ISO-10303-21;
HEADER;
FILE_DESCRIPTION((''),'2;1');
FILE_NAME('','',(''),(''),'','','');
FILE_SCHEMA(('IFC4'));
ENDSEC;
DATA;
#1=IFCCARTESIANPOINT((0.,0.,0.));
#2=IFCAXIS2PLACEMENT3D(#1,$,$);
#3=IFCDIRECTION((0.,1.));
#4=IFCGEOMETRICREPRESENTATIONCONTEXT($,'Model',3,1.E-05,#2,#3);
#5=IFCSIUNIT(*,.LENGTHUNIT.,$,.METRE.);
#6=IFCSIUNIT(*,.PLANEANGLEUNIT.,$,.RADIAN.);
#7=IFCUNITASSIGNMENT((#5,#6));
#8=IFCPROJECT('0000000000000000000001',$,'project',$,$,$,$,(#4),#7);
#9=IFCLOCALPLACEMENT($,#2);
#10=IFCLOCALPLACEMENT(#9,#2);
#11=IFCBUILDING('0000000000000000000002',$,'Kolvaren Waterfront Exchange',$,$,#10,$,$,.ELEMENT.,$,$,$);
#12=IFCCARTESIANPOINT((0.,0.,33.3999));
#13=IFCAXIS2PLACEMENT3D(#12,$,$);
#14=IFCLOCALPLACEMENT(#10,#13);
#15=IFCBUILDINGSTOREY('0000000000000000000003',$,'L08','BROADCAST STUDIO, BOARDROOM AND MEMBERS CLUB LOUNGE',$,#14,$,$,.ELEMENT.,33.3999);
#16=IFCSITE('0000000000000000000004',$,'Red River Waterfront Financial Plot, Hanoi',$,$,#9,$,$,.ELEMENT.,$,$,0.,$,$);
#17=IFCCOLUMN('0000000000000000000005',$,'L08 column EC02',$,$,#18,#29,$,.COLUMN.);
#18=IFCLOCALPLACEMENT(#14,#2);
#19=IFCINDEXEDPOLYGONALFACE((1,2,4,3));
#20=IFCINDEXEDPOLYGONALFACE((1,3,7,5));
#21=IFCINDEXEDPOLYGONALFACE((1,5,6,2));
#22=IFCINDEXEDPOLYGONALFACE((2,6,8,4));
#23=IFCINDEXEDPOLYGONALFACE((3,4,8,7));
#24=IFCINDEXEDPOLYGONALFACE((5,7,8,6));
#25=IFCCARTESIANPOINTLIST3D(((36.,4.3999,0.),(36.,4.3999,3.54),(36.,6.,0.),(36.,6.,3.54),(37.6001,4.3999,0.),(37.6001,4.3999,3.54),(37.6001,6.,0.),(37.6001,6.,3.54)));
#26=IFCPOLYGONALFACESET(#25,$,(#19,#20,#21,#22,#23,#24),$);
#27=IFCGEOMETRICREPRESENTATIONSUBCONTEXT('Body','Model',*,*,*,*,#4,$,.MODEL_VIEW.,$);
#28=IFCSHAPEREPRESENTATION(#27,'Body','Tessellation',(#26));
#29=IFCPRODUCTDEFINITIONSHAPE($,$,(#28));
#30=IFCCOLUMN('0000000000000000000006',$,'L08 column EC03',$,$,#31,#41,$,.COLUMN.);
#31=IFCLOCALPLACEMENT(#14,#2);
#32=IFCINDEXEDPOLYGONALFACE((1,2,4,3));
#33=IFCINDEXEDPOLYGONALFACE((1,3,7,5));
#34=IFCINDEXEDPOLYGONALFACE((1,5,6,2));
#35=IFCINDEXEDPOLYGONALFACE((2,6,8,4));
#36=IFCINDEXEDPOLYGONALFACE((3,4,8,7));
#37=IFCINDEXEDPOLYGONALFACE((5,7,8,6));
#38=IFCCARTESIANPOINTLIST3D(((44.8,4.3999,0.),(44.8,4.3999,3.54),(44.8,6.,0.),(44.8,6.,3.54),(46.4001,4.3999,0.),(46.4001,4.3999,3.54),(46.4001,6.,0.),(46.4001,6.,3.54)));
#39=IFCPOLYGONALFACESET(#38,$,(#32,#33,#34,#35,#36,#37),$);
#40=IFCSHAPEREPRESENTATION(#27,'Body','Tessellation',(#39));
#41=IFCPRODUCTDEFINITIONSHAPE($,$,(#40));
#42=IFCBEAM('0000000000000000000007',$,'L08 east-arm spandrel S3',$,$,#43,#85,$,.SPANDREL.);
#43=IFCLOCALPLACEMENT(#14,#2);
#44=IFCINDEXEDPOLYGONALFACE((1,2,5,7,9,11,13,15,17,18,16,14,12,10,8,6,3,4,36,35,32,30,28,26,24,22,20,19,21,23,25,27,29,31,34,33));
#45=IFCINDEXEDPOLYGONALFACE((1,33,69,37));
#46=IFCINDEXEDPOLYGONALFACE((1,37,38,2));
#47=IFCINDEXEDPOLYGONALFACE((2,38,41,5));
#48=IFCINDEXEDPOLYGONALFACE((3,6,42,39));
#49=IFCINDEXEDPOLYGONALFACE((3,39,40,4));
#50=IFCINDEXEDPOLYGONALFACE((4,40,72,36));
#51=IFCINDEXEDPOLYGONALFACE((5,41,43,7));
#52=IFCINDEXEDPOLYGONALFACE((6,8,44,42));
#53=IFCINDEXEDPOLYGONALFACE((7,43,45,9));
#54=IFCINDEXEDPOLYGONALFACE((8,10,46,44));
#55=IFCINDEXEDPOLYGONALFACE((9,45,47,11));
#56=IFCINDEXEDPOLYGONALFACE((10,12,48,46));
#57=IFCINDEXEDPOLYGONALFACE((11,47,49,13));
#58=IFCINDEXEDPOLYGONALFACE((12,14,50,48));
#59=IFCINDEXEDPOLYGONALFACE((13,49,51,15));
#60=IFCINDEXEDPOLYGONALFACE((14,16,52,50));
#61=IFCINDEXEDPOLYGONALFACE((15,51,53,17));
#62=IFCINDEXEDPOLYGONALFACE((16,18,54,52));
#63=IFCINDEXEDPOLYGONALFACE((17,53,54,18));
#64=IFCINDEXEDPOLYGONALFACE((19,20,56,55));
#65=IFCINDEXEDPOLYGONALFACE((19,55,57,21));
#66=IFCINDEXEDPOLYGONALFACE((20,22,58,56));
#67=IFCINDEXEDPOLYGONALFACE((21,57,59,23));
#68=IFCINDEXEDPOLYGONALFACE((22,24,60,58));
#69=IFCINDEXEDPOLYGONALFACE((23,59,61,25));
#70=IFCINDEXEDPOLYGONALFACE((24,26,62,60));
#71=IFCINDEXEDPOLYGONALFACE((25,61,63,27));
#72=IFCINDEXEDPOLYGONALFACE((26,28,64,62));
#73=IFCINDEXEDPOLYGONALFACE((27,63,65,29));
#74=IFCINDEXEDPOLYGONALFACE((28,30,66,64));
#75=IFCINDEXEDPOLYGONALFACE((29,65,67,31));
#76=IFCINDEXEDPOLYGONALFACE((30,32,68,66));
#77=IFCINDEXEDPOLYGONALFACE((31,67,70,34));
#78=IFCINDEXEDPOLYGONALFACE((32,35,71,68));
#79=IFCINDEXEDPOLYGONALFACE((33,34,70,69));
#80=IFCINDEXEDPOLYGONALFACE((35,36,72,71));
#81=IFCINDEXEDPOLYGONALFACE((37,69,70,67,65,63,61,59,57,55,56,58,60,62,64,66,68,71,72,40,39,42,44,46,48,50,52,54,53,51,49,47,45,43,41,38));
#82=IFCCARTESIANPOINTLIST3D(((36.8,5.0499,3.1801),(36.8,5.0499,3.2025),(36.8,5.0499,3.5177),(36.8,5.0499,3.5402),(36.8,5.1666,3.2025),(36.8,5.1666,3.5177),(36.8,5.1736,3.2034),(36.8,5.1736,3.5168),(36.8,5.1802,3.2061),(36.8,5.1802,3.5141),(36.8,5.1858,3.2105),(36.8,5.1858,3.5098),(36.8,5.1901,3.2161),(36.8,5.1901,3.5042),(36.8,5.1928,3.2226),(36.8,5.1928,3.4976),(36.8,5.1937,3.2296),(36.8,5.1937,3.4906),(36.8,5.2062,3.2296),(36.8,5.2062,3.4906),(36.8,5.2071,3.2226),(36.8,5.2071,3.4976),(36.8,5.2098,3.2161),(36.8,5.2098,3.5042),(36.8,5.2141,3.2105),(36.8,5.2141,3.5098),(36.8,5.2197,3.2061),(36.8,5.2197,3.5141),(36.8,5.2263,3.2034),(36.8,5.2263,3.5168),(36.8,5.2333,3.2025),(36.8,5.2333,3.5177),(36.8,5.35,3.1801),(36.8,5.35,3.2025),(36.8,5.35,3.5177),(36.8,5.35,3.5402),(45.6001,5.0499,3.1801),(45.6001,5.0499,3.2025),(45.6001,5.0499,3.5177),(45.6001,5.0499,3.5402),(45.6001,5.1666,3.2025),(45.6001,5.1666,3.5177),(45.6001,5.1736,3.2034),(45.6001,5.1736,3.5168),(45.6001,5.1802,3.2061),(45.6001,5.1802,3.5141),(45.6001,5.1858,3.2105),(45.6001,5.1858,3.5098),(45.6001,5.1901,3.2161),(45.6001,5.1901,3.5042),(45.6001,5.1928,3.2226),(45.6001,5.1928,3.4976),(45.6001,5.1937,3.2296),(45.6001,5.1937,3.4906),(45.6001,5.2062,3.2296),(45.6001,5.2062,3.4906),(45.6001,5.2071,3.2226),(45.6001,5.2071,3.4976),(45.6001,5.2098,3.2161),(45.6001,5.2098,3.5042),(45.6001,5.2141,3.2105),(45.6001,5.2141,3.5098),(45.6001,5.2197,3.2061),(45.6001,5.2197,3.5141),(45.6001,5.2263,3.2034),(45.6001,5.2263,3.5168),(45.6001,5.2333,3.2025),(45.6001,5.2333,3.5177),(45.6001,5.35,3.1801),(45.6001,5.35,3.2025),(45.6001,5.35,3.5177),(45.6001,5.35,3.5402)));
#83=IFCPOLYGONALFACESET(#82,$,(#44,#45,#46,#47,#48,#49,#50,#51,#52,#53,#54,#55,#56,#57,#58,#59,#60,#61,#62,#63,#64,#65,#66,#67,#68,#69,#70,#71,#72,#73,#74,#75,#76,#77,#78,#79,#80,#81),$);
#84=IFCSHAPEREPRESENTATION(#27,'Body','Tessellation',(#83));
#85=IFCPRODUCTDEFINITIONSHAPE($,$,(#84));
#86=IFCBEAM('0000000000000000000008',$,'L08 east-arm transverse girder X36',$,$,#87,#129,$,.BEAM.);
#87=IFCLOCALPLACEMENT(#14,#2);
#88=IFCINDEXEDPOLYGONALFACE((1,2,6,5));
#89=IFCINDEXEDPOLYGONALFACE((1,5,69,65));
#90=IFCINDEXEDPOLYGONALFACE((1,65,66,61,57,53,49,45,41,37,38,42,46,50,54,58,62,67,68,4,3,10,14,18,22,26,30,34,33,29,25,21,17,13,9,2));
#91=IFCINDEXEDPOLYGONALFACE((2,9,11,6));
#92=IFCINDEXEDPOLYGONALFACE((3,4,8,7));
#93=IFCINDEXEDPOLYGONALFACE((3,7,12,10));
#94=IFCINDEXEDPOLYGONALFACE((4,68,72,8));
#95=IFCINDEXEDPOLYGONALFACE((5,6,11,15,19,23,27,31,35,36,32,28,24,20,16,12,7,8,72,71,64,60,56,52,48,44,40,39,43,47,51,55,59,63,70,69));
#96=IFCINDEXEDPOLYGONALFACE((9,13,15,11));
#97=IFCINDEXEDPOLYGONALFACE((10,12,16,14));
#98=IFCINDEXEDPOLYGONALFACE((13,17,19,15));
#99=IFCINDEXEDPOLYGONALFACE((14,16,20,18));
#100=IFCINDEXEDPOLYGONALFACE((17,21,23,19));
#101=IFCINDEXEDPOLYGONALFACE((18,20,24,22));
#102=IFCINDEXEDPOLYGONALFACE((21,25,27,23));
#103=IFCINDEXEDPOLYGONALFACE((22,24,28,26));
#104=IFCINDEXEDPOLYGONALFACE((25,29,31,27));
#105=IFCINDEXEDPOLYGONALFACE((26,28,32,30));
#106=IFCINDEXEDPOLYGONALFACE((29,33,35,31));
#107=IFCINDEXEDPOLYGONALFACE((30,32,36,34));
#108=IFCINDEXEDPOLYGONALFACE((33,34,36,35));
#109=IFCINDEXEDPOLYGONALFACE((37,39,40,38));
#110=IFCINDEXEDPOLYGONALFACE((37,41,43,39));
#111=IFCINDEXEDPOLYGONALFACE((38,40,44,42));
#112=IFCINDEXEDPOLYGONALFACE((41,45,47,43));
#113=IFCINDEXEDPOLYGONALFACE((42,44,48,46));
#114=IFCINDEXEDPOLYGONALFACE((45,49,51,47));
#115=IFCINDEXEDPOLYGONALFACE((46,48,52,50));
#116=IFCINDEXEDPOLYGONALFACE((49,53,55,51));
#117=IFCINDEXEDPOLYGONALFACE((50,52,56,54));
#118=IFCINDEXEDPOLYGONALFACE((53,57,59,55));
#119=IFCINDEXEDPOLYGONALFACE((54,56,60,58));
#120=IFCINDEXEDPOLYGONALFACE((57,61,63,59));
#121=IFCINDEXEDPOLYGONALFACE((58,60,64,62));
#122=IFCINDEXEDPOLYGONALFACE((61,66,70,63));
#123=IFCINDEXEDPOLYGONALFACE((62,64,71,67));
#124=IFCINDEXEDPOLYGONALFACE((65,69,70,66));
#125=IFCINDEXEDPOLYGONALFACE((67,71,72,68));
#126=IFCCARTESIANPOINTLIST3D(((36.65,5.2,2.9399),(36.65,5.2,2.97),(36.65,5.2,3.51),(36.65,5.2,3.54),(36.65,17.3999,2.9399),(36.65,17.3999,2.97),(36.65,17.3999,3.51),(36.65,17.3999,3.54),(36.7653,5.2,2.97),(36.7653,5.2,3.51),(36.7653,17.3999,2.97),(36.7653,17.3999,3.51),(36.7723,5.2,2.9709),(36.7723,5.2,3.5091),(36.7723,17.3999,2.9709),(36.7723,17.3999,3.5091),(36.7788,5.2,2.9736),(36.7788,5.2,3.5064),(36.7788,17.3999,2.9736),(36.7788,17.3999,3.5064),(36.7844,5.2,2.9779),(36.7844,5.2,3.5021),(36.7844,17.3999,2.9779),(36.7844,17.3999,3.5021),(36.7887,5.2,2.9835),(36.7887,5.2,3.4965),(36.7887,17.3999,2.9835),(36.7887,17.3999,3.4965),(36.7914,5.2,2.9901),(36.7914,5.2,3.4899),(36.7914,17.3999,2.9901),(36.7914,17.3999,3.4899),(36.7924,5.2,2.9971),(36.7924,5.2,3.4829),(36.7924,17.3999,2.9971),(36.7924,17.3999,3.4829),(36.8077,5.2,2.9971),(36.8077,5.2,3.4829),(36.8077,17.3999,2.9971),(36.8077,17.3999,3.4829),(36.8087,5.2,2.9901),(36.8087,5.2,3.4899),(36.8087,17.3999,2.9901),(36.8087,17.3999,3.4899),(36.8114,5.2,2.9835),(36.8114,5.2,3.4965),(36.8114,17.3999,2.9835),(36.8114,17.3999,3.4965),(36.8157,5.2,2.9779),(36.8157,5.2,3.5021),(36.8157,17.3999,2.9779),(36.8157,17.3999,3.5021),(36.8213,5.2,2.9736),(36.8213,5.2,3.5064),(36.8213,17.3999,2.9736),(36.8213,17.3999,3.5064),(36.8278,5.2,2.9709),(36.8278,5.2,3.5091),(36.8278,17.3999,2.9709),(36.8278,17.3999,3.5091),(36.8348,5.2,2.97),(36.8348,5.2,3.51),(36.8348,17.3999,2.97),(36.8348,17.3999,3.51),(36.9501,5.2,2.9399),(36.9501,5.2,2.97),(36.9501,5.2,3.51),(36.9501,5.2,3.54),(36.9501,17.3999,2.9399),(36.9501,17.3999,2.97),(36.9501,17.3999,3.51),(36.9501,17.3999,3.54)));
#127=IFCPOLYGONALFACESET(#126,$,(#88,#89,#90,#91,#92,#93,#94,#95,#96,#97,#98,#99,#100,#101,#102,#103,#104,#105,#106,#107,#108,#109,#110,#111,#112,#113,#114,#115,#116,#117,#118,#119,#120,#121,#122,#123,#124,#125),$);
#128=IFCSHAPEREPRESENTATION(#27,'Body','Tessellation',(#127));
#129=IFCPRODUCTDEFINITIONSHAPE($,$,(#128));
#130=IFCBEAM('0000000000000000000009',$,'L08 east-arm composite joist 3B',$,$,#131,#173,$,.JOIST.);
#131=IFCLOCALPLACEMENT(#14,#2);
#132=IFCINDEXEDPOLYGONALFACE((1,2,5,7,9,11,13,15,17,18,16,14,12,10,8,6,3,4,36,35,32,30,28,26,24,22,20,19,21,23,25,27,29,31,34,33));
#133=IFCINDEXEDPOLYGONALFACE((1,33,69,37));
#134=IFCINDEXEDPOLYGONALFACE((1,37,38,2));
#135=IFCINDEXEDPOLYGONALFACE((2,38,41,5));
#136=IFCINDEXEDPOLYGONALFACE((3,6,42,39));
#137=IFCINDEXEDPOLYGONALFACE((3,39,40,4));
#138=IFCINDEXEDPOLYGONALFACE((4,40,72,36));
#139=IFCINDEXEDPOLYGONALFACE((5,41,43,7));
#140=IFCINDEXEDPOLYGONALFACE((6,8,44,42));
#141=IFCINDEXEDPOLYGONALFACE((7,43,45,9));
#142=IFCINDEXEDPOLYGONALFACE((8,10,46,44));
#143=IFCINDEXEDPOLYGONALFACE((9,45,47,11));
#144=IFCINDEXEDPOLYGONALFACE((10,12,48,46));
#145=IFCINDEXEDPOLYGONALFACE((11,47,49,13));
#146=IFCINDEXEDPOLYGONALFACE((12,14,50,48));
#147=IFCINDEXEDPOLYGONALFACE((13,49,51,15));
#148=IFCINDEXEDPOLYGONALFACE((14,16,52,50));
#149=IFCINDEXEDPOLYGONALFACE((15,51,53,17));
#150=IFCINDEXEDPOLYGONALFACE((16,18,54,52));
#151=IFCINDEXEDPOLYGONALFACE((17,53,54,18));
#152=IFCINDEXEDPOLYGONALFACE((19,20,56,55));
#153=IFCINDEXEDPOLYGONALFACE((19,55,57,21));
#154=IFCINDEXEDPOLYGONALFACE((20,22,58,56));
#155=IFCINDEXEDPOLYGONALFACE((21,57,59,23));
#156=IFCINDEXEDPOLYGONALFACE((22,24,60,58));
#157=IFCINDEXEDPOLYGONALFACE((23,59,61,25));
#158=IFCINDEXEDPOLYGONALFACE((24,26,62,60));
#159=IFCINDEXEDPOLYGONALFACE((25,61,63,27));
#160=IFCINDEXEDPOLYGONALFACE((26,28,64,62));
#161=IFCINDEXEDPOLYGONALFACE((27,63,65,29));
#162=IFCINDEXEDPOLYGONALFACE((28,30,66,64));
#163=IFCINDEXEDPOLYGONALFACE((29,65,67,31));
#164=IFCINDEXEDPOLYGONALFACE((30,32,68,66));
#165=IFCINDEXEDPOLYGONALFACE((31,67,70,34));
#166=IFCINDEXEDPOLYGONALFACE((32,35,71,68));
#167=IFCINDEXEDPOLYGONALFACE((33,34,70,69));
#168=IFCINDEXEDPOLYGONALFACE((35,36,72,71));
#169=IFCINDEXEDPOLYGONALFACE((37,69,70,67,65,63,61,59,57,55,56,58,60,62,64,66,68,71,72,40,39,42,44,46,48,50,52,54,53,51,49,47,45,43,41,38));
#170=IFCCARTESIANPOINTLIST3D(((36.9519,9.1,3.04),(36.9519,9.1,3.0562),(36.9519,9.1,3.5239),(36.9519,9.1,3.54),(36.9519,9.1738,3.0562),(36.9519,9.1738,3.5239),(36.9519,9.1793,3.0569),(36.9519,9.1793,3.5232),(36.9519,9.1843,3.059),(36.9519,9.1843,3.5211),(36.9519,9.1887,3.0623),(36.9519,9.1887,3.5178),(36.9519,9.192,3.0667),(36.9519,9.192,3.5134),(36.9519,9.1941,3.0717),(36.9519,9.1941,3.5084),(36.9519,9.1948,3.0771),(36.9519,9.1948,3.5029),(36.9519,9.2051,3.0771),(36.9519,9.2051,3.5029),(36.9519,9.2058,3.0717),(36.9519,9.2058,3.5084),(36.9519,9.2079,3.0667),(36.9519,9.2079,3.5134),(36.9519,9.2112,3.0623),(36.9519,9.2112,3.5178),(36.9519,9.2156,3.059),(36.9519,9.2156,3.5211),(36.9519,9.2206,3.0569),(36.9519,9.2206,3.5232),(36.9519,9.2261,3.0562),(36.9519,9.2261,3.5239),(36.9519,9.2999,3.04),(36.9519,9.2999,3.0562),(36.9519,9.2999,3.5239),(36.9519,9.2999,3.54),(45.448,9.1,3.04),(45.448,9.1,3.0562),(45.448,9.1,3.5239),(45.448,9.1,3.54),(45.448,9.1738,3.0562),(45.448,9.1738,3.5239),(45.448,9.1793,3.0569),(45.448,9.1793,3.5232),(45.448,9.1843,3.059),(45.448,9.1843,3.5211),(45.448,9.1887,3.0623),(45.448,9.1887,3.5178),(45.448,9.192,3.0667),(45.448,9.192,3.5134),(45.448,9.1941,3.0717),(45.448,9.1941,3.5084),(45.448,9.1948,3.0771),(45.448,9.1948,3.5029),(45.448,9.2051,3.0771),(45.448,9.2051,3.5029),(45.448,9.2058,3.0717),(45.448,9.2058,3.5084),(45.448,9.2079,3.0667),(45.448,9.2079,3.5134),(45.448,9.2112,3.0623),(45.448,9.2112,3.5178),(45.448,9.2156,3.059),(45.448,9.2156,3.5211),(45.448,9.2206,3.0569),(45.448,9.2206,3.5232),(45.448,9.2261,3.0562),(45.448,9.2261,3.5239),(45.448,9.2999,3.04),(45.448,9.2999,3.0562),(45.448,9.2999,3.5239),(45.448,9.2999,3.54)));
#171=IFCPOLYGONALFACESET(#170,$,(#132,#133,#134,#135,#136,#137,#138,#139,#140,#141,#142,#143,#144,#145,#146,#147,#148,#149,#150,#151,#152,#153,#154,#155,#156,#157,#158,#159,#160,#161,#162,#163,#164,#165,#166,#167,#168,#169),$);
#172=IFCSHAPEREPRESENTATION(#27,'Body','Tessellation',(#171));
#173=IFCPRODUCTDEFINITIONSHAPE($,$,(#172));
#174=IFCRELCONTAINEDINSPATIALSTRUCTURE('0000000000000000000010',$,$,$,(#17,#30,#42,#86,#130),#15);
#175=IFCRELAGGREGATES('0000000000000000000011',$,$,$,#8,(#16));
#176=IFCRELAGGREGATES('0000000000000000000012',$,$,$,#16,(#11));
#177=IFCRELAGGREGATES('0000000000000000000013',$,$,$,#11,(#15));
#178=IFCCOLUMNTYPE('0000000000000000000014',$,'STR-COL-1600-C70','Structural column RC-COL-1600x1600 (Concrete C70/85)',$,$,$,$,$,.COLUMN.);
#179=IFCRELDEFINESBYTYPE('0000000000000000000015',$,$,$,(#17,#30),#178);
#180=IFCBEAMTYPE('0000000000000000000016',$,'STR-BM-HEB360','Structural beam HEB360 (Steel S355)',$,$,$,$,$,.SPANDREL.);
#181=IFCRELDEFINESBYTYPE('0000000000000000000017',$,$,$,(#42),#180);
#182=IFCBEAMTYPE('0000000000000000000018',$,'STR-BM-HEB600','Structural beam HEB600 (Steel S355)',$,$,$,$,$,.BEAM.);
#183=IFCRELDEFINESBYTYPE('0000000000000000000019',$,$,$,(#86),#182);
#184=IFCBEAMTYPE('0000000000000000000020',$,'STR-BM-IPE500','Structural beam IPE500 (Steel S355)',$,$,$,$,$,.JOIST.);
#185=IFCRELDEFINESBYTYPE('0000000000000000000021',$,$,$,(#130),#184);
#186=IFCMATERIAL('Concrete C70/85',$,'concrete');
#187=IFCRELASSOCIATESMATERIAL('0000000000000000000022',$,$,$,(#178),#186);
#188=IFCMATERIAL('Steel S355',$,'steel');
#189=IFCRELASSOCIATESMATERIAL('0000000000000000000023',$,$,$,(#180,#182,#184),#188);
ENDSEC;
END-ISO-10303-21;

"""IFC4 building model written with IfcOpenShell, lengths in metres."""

from ifc_helpers import new_model, si_unit, direction, frame, origin, origin_2d, place, context, subcontext, project, spatial, rectangle, i_section, extrude, material, material_profile, profile_set, type_object, element, save


model = new_model("IFC4")

# Units and contexts
model_context = context("Model", 3, precision=1e-05, world=origin(), true_north=direction((0.0, 1.0)))
body_context = subcontext(model_context, "Body", "Model", "MODEL_VIEW")
ifc_project = project(units=[si_unit("LENGTHUNIT", "METRE"), si_unit("PLANEANGLEUNIT", "RADIAN")], contexts=[model_context])

# Site, building, storey
site_placement = place(None, origin())
site = spatial("IfcSite", under=ifc_project, at=site_placement, Name="Red River Waterfront Financial Plot, Hanoi", CompositionType="ELEMENT", RefElevation=0.0)
building_placement = place(site_placement, origin())
building = spatial("IfcBuilding", under=site, at=building_placement, Name="Kolvaren Waterfront Exchange", CompositionType="ELEMENT")
storey_placement = place(building_placement, frame((0.0, 0.0, 33.3999)))
storey = spatial("IfcBuildingStorey", under=building, at=storey_placement, Name="L08", Description="BROADCAST STUDIO, BOARDROOM AND MEMBERS CLUB LOUNGE", CompositionType="ELEMENT", Elevation=33.3999)

# Columns
ifc_material_1 = material(Name="Concrete C70/85", Category="concrete")
ifc_material_profile_1 = material_profile(ifc_material_1, rectangle(XDim=1.6001, YDim=1.6001, at=origin_2d()), Name="RC-COL-1600x1600")
ifc_profile_set_1 = profile_set([ifc_material_profile_1], Name="Concrete C70/85")
column_type = type_object("IfcColumnType", Name="STR-COL-1600-C70", Description="Structural column RC-COL-1600x1600 (Concrete C70/85)", PredefinedType="COLUMN", material=ifc_profile_set_1)
for number, where, z_axis, x_axis, name in (
    (1, (36.8, 5.2, 0.0), (0.0, 0.0, 1.0), (1.0, 0.0, 0.0), "L08 column EC02"),
    (2, (45.6001, 5.2, 0.0), (0.0, 0.0, 1.0), (1.0, 0.0, 0.0), "L08 column EC03"),
):
    element("IfcColumn", number, at=place(storey_placement, frame(where, z_axis=z_axis, x_axis=x_axis)), inside=storey, type_object=column_type, Name=name, PredefinedType="COLUMN", context=body_context, shape_type="SweptSolid", body=[
        extrude(rectangle(XDim=1.6001, YDim=1.6001, at=origin_2d()), origin(), (0.0, 0.0, 1.0), 3.54),
    ])

# Beams
ifc_material_2 = material(Name="Steel S355", Category="steel")
ifc_material_profile_2 = material_profile(ifc_material_2, i_section(OverallWidth=0.3, OverallDepth=0.3601, WebThickness=0.0125, FlangeThickness=0.0225, FilletRadius=0.0271, at=origin_2d()), Name="HEB360")
ifc_profile_set_2 = profile_set([ifc_material_profile_2], Name="Steel S355")
beam_type_1 = type_object("IfcBeamType", Name="STR-BM-HEB360", Description="Structural beam HEB360 (Steel S355)", PredefinedType="SPANDREL", material=ifc_profile_set_2)
beam_1_placement = place(storey_placement, frame((36.8, 5.2, 3.3601), z_axis=(1.0, 0.0, 0.0), x_axis=(0.0, 1.0, 0.0)))
element("IfcBeam", 3, at=beam_1_placement, inside=storey, type_object=beam_type_1, Name="L08 east-arm spandrel S3", PredefinedType="SPANDREL", context=body_context, shape_type="SweptSolid", body=[
    extrude(i_section(OverallWidth=0.3, OverallDepth=0.3601, WebThickness=0.0125, FlangeThickness=0.0225, FilletRadius=0.0271, at=origin_2d()), origin(), (0.0, 0.0, 1.0), 8.8),
])
ifc_material_profile_3 = material_profile(ifc_material_2, i_section(OverallWidth=0.3, OverallDepth=0.6001, WebThickness=0.0154, FlangeThickness=0.03, FilletRadius=0.0271, at=origin_2d()), Name="HEB600")
ifc_profile_set_3 = profile_set([ifc_material_profile_3], Name="Steel S355")
beam_type_2 = type_object("IfcBeamType", Name="STR-BM-HEB600", Description="Structural beam HEB600 (Steel S355)", PredefinedType="BEAM", material=ifc_profile_set_3)
beam_2_placement = place(storey_placement, frame((36.8, 5.2, 3.24), z_axis=(0.0, 1.0, 0.0), x_axis=(-1.0, 0.0, 0.0)))
element("IfcBeam", 4, at=beam_2_placement, inside=storey, type_object=beam_type_2, Name="L08 east-arm transverse girder X36", PredefinedType="BEAM", context=body_context, shape_type="SweptSolid", body=[
    extrude(i_section(OverallWidth=0.3, OverallDepth=0.6001, WebThickness=0.0154, FlangeThickness=0.03, FilletRadius=0.0271, at=origin_2d()), origin(), (0.0, 0.0, 1.0), 12.2),
])
ifc_material_profile_4 = material_profile(ifc_material_2, i_section(OverallWidth=0.2, OverallDepth=0.5, WebThickness=0.0103, FlangeThickness=0.0161, FilletRadius=0.021, at=origin_2d()), Name="IPE500")
ifc_profile_set_4 = profile_set([ifc_material_profile_4], Name="Steel S355")
beam_type_3 = type_object("IfcBeamType", Name="STR-BM-IPE500", Description="Structural beam IPE500 (Steel S355)", PredefinedType="JOIST", material=ifc_profile_set_4)
beam_3_placement = place(storey_placement, frame((36.9519, 9.2, 3.29), z_axis=(1.0, 0.0, 0.0), x_axis=(0.0, 1.0, 0.0)))
element("IfcBeam", 5, at=beam_3_placement, inside=storey, type_object=beam_type_3, Name="L08 east-arm composite joist 3B", PredefinedType="JOIST", context=body_context, shape_type="SweptSolid", body=[
    extrude(i_section(OverallWidth=0.2, OverallDepth=0.5, WebThickness=0.0103, FlangeThickness=0.0161, FilletRadius=0.021, at=origin_2d()), origin(), (0.0, 0.0, 1.0), 8.4961),
])

save(model, "model.ifc")
